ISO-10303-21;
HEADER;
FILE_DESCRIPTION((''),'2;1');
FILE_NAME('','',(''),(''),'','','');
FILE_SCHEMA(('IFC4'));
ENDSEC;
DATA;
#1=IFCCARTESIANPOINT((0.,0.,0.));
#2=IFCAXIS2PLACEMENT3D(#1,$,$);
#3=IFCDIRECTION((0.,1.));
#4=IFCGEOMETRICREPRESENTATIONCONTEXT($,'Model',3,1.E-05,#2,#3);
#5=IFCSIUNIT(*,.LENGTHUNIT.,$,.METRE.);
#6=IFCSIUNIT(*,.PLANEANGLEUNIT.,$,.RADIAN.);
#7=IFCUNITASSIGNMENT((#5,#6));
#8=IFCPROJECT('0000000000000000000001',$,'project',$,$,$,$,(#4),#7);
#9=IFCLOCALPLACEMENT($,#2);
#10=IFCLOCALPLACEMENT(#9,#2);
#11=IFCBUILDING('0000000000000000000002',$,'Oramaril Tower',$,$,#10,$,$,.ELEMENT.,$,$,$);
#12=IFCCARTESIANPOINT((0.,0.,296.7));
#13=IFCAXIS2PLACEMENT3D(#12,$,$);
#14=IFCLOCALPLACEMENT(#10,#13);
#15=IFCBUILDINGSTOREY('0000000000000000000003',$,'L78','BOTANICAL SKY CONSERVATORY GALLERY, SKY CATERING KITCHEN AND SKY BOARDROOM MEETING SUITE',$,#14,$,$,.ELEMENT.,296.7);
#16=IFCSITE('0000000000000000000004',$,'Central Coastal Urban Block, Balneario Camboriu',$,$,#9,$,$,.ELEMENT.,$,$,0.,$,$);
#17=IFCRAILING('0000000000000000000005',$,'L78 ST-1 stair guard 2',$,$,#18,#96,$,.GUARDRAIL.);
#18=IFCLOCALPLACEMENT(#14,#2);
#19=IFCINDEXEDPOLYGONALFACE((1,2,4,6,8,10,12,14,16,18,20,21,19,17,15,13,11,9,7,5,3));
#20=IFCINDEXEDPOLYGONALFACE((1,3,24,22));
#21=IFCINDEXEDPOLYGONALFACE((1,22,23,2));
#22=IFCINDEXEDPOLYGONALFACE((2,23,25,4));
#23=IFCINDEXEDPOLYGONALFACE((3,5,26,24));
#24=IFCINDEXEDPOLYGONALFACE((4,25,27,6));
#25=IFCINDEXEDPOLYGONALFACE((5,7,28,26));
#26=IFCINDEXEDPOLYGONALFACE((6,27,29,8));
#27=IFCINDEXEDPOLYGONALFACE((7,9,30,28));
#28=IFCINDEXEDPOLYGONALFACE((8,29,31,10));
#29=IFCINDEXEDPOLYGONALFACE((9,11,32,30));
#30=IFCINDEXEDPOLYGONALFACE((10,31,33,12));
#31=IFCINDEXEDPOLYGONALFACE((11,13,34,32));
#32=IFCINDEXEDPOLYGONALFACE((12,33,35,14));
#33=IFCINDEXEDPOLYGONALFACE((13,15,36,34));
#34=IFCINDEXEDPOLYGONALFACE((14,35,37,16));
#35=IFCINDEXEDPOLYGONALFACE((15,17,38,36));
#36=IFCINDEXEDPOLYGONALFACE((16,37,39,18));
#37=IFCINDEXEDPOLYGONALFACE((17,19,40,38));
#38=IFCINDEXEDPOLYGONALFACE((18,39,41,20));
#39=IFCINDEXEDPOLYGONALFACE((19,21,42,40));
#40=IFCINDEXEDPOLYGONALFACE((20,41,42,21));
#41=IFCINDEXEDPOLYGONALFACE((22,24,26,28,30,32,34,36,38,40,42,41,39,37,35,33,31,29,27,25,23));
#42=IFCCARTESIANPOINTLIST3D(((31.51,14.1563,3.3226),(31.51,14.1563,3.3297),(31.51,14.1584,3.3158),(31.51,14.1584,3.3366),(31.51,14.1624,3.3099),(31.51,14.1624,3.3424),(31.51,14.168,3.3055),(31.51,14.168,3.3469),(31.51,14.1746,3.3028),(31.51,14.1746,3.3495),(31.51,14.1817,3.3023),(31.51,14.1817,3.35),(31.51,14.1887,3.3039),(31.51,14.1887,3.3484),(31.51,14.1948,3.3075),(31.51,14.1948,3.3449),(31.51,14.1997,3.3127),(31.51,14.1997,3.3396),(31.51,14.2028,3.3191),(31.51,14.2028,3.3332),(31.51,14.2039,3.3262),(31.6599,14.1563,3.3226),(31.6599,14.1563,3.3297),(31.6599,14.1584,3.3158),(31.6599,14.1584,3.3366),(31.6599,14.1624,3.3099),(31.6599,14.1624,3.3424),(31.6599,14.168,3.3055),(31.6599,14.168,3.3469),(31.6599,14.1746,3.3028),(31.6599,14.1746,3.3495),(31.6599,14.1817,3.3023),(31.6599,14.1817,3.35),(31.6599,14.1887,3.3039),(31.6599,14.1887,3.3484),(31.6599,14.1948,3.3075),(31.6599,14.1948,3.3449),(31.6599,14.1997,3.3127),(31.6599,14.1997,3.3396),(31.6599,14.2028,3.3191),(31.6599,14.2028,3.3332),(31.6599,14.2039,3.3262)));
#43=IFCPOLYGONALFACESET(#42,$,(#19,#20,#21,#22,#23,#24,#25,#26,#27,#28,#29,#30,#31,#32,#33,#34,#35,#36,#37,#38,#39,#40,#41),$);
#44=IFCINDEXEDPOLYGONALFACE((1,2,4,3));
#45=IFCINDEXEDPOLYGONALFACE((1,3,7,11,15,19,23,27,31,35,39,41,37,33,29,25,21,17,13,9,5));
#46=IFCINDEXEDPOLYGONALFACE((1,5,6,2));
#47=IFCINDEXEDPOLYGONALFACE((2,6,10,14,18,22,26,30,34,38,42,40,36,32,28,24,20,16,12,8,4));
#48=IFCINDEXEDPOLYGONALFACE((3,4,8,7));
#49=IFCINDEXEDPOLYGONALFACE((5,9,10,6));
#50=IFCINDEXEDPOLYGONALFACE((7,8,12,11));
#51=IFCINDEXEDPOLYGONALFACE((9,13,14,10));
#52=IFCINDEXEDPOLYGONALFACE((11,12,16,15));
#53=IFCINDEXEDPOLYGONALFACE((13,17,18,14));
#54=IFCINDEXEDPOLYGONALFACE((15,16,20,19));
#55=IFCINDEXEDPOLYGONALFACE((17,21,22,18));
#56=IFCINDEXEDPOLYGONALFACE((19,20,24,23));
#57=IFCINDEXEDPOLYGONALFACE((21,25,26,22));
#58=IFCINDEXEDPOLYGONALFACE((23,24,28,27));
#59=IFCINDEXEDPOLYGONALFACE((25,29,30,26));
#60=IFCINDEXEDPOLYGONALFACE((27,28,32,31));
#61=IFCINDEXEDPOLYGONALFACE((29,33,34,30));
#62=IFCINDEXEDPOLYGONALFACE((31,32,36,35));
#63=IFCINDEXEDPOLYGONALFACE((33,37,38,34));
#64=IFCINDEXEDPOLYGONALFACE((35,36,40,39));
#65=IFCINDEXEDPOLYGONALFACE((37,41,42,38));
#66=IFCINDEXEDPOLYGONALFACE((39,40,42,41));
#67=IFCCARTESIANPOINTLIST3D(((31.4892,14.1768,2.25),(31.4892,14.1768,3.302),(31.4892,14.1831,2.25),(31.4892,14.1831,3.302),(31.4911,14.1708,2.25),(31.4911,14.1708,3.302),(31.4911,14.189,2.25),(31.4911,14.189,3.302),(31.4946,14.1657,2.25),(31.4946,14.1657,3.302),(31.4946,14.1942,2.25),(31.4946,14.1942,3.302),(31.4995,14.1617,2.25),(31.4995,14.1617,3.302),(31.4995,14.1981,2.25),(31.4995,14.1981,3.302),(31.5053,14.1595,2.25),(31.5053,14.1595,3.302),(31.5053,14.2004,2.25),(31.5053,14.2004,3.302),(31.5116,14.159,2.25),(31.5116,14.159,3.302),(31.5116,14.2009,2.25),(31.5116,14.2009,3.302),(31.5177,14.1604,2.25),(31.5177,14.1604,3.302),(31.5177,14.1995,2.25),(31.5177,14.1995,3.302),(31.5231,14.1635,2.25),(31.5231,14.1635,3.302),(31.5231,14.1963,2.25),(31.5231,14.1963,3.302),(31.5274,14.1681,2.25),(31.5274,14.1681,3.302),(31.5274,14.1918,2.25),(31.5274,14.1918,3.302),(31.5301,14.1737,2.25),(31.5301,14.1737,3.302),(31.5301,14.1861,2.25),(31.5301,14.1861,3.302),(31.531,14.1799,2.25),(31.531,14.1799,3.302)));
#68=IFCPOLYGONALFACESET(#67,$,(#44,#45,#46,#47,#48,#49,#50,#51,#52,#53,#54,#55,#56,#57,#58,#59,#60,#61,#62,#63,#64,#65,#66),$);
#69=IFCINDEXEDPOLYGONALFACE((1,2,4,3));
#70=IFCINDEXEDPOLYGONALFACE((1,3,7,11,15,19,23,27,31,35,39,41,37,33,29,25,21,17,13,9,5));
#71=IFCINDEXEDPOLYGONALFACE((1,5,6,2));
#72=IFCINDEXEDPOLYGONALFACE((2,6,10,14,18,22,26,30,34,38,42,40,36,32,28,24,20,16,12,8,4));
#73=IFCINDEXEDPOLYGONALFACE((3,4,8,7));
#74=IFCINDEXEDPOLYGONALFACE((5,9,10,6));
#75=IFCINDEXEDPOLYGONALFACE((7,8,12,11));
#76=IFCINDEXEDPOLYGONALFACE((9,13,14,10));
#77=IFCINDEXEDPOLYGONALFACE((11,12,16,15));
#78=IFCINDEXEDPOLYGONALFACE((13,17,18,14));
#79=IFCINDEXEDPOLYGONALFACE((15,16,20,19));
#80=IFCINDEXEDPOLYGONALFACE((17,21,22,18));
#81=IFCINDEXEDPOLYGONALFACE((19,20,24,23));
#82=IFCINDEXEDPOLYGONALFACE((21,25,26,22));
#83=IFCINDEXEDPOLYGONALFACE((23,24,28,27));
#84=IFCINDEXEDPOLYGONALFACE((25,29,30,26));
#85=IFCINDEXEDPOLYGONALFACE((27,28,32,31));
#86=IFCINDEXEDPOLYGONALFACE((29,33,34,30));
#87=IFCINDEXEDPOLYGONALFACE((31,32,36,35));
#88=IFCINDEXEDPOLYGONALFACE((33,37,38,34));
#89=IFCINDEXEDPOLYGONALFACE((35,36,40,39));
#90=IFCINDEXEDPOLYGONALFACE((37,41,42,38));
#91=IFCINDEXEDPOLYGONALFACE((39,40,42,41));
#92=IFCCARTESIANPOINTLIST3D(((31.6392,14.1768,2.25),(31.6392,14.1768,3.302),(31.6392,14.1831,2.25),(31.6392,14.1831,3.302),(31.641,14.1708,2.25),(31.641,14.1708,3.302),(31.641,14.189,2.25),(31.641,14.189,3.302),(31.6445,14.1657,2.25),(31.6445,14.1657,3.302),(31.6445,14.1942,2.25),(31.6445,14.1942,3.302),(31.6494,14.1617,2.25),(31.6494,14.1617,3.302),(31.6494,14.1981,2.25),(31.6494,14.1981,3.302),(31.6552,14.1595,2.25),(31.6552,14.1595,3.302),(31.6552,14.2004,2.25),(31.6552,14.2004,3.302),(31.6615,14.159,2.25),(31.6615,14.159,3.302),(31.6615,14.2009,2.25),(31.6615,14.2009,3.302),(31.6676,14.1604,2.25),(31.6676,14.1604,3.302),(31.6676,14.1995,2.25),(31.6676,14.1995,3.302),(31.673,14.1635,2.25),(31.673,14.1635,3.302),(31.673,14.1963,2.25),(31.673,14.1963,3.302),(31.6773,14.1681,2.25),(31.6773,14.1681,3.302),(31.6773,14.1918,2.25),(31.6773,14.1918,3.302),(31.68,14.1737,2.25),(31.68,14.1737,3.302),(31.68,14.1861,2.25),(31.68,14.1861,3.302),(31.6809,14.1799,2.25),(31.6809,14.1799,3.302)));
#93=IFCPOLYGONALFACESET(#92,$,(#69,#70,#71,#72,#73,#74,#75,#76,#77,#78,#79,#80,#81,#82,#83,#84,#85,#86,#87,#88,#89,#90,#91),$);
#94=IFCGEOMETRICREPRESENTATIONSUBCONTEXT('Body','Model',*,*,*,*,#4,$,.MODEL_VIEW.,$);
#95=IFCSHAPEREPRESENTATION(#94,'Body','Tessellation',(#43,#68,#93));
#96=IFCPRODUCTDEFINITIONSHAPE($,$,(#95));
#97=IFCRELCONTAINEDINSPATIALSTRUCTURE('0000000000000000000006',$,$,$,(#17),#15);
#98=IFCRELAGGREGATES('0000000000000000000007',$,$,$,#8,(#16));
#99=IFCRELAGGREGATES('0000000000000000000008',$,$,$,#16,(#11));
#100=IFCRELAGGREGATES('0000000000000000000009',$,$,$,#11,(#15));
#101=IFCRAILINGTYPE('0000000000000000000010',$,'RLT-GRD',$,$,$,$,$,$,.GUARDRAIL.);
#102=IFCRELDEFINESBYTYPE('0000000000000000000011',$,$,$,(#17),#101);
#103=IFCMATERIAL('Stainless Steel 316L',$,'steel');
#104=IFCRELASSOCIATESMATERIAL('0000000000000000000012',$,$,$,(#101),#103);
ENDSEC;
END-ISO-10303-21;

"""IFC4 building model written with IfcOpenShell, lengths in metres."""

from ifc_helpers import new_model, si_unit, direction, frame, origin, origin_2d, place, context, subcontext, project, spatial, circle, extrude, material, type_object, element, save


model = new_model("IFC4")

# Units and contexts
model_context = context("Model", 3, precision=1e-05, world=origin(), true_north=direction((0.0, 1.0)))
body_context = subcontext(model_context, "Body", "Model", "MODEL_VIEW")
ifc_project = project(units=[si_unit("LENGTHUNIT", "METRE"), si_unit("PLANEANGLEUNIT", "RADIAN")], contexts=[model_context])

# Site, building, storey
site_placement = place(None, origin())
site = spatial("IfcSite", under=ifc_project, at=site_placement, Name="Central Coastal Urban Block, Balneario Camboriu", CompositionType="ELEMENT", RefElevation=0.0)
building_placement = place(site_placement, origin())
building = spatial("IfcBuilding", under=site, at=building_placement, Name="Oramaril Tower", CompositionType="ELEMENT")
storey_placement = place(building_placement, frame((0.0, 0.0, 296.7)))
storey = spatial("IfcBuildingStorey", under=building, at=storey_placement, Name="L78", Description="BOTANICAL SKY CONSERVATORY GALLERY, SKY CATERING KITCHEN AND SKY BOARDROOM MEETING SUITE", CompositionType="ELEMENT", Elevation=296.7)

# Railing
ifc_material_1 = material(Name="Stainless Steel 316L", Category="steel")
railing_type_1 = type_object("IfcRailingType", Name="RLT-GRD", PredefinedType="GUARDRAIL", material=ifc_material_1)
railing_1_placement = place(storey_placement, frame((31.51, 14.1799, 2.25)))
element("IfcRailing", 1, at=railing_1_placement, inside=storey, type_object=railing_type_1, Name="L78 ST-1 stair guard 2", PredefinedType="GUARDRAIL", context=body_context, shape_type="SweptSolid", body=[
    extrude(circle(Radius=0.0239, at=origin_2d()), frame((0.0, 0.0, 1.0762), z_axis=(1.0, 0.0, 0.0), x_axis=(0.0, 1.0, 0.0)), (0.0, 0.0, 1.0), 0.1499),
    extrude(circle(Radius=0.021, at=origin_2d()), origin(), (0.0, 0.0, 1.0), 1.052),
    extrude(circle(Radius=0.021, at=origin_2d()), frame((0.1499, 0.0, 0.0)), (0.0, 0.0, 1.0), 1.052),
])

save(model, "model.ifc")
